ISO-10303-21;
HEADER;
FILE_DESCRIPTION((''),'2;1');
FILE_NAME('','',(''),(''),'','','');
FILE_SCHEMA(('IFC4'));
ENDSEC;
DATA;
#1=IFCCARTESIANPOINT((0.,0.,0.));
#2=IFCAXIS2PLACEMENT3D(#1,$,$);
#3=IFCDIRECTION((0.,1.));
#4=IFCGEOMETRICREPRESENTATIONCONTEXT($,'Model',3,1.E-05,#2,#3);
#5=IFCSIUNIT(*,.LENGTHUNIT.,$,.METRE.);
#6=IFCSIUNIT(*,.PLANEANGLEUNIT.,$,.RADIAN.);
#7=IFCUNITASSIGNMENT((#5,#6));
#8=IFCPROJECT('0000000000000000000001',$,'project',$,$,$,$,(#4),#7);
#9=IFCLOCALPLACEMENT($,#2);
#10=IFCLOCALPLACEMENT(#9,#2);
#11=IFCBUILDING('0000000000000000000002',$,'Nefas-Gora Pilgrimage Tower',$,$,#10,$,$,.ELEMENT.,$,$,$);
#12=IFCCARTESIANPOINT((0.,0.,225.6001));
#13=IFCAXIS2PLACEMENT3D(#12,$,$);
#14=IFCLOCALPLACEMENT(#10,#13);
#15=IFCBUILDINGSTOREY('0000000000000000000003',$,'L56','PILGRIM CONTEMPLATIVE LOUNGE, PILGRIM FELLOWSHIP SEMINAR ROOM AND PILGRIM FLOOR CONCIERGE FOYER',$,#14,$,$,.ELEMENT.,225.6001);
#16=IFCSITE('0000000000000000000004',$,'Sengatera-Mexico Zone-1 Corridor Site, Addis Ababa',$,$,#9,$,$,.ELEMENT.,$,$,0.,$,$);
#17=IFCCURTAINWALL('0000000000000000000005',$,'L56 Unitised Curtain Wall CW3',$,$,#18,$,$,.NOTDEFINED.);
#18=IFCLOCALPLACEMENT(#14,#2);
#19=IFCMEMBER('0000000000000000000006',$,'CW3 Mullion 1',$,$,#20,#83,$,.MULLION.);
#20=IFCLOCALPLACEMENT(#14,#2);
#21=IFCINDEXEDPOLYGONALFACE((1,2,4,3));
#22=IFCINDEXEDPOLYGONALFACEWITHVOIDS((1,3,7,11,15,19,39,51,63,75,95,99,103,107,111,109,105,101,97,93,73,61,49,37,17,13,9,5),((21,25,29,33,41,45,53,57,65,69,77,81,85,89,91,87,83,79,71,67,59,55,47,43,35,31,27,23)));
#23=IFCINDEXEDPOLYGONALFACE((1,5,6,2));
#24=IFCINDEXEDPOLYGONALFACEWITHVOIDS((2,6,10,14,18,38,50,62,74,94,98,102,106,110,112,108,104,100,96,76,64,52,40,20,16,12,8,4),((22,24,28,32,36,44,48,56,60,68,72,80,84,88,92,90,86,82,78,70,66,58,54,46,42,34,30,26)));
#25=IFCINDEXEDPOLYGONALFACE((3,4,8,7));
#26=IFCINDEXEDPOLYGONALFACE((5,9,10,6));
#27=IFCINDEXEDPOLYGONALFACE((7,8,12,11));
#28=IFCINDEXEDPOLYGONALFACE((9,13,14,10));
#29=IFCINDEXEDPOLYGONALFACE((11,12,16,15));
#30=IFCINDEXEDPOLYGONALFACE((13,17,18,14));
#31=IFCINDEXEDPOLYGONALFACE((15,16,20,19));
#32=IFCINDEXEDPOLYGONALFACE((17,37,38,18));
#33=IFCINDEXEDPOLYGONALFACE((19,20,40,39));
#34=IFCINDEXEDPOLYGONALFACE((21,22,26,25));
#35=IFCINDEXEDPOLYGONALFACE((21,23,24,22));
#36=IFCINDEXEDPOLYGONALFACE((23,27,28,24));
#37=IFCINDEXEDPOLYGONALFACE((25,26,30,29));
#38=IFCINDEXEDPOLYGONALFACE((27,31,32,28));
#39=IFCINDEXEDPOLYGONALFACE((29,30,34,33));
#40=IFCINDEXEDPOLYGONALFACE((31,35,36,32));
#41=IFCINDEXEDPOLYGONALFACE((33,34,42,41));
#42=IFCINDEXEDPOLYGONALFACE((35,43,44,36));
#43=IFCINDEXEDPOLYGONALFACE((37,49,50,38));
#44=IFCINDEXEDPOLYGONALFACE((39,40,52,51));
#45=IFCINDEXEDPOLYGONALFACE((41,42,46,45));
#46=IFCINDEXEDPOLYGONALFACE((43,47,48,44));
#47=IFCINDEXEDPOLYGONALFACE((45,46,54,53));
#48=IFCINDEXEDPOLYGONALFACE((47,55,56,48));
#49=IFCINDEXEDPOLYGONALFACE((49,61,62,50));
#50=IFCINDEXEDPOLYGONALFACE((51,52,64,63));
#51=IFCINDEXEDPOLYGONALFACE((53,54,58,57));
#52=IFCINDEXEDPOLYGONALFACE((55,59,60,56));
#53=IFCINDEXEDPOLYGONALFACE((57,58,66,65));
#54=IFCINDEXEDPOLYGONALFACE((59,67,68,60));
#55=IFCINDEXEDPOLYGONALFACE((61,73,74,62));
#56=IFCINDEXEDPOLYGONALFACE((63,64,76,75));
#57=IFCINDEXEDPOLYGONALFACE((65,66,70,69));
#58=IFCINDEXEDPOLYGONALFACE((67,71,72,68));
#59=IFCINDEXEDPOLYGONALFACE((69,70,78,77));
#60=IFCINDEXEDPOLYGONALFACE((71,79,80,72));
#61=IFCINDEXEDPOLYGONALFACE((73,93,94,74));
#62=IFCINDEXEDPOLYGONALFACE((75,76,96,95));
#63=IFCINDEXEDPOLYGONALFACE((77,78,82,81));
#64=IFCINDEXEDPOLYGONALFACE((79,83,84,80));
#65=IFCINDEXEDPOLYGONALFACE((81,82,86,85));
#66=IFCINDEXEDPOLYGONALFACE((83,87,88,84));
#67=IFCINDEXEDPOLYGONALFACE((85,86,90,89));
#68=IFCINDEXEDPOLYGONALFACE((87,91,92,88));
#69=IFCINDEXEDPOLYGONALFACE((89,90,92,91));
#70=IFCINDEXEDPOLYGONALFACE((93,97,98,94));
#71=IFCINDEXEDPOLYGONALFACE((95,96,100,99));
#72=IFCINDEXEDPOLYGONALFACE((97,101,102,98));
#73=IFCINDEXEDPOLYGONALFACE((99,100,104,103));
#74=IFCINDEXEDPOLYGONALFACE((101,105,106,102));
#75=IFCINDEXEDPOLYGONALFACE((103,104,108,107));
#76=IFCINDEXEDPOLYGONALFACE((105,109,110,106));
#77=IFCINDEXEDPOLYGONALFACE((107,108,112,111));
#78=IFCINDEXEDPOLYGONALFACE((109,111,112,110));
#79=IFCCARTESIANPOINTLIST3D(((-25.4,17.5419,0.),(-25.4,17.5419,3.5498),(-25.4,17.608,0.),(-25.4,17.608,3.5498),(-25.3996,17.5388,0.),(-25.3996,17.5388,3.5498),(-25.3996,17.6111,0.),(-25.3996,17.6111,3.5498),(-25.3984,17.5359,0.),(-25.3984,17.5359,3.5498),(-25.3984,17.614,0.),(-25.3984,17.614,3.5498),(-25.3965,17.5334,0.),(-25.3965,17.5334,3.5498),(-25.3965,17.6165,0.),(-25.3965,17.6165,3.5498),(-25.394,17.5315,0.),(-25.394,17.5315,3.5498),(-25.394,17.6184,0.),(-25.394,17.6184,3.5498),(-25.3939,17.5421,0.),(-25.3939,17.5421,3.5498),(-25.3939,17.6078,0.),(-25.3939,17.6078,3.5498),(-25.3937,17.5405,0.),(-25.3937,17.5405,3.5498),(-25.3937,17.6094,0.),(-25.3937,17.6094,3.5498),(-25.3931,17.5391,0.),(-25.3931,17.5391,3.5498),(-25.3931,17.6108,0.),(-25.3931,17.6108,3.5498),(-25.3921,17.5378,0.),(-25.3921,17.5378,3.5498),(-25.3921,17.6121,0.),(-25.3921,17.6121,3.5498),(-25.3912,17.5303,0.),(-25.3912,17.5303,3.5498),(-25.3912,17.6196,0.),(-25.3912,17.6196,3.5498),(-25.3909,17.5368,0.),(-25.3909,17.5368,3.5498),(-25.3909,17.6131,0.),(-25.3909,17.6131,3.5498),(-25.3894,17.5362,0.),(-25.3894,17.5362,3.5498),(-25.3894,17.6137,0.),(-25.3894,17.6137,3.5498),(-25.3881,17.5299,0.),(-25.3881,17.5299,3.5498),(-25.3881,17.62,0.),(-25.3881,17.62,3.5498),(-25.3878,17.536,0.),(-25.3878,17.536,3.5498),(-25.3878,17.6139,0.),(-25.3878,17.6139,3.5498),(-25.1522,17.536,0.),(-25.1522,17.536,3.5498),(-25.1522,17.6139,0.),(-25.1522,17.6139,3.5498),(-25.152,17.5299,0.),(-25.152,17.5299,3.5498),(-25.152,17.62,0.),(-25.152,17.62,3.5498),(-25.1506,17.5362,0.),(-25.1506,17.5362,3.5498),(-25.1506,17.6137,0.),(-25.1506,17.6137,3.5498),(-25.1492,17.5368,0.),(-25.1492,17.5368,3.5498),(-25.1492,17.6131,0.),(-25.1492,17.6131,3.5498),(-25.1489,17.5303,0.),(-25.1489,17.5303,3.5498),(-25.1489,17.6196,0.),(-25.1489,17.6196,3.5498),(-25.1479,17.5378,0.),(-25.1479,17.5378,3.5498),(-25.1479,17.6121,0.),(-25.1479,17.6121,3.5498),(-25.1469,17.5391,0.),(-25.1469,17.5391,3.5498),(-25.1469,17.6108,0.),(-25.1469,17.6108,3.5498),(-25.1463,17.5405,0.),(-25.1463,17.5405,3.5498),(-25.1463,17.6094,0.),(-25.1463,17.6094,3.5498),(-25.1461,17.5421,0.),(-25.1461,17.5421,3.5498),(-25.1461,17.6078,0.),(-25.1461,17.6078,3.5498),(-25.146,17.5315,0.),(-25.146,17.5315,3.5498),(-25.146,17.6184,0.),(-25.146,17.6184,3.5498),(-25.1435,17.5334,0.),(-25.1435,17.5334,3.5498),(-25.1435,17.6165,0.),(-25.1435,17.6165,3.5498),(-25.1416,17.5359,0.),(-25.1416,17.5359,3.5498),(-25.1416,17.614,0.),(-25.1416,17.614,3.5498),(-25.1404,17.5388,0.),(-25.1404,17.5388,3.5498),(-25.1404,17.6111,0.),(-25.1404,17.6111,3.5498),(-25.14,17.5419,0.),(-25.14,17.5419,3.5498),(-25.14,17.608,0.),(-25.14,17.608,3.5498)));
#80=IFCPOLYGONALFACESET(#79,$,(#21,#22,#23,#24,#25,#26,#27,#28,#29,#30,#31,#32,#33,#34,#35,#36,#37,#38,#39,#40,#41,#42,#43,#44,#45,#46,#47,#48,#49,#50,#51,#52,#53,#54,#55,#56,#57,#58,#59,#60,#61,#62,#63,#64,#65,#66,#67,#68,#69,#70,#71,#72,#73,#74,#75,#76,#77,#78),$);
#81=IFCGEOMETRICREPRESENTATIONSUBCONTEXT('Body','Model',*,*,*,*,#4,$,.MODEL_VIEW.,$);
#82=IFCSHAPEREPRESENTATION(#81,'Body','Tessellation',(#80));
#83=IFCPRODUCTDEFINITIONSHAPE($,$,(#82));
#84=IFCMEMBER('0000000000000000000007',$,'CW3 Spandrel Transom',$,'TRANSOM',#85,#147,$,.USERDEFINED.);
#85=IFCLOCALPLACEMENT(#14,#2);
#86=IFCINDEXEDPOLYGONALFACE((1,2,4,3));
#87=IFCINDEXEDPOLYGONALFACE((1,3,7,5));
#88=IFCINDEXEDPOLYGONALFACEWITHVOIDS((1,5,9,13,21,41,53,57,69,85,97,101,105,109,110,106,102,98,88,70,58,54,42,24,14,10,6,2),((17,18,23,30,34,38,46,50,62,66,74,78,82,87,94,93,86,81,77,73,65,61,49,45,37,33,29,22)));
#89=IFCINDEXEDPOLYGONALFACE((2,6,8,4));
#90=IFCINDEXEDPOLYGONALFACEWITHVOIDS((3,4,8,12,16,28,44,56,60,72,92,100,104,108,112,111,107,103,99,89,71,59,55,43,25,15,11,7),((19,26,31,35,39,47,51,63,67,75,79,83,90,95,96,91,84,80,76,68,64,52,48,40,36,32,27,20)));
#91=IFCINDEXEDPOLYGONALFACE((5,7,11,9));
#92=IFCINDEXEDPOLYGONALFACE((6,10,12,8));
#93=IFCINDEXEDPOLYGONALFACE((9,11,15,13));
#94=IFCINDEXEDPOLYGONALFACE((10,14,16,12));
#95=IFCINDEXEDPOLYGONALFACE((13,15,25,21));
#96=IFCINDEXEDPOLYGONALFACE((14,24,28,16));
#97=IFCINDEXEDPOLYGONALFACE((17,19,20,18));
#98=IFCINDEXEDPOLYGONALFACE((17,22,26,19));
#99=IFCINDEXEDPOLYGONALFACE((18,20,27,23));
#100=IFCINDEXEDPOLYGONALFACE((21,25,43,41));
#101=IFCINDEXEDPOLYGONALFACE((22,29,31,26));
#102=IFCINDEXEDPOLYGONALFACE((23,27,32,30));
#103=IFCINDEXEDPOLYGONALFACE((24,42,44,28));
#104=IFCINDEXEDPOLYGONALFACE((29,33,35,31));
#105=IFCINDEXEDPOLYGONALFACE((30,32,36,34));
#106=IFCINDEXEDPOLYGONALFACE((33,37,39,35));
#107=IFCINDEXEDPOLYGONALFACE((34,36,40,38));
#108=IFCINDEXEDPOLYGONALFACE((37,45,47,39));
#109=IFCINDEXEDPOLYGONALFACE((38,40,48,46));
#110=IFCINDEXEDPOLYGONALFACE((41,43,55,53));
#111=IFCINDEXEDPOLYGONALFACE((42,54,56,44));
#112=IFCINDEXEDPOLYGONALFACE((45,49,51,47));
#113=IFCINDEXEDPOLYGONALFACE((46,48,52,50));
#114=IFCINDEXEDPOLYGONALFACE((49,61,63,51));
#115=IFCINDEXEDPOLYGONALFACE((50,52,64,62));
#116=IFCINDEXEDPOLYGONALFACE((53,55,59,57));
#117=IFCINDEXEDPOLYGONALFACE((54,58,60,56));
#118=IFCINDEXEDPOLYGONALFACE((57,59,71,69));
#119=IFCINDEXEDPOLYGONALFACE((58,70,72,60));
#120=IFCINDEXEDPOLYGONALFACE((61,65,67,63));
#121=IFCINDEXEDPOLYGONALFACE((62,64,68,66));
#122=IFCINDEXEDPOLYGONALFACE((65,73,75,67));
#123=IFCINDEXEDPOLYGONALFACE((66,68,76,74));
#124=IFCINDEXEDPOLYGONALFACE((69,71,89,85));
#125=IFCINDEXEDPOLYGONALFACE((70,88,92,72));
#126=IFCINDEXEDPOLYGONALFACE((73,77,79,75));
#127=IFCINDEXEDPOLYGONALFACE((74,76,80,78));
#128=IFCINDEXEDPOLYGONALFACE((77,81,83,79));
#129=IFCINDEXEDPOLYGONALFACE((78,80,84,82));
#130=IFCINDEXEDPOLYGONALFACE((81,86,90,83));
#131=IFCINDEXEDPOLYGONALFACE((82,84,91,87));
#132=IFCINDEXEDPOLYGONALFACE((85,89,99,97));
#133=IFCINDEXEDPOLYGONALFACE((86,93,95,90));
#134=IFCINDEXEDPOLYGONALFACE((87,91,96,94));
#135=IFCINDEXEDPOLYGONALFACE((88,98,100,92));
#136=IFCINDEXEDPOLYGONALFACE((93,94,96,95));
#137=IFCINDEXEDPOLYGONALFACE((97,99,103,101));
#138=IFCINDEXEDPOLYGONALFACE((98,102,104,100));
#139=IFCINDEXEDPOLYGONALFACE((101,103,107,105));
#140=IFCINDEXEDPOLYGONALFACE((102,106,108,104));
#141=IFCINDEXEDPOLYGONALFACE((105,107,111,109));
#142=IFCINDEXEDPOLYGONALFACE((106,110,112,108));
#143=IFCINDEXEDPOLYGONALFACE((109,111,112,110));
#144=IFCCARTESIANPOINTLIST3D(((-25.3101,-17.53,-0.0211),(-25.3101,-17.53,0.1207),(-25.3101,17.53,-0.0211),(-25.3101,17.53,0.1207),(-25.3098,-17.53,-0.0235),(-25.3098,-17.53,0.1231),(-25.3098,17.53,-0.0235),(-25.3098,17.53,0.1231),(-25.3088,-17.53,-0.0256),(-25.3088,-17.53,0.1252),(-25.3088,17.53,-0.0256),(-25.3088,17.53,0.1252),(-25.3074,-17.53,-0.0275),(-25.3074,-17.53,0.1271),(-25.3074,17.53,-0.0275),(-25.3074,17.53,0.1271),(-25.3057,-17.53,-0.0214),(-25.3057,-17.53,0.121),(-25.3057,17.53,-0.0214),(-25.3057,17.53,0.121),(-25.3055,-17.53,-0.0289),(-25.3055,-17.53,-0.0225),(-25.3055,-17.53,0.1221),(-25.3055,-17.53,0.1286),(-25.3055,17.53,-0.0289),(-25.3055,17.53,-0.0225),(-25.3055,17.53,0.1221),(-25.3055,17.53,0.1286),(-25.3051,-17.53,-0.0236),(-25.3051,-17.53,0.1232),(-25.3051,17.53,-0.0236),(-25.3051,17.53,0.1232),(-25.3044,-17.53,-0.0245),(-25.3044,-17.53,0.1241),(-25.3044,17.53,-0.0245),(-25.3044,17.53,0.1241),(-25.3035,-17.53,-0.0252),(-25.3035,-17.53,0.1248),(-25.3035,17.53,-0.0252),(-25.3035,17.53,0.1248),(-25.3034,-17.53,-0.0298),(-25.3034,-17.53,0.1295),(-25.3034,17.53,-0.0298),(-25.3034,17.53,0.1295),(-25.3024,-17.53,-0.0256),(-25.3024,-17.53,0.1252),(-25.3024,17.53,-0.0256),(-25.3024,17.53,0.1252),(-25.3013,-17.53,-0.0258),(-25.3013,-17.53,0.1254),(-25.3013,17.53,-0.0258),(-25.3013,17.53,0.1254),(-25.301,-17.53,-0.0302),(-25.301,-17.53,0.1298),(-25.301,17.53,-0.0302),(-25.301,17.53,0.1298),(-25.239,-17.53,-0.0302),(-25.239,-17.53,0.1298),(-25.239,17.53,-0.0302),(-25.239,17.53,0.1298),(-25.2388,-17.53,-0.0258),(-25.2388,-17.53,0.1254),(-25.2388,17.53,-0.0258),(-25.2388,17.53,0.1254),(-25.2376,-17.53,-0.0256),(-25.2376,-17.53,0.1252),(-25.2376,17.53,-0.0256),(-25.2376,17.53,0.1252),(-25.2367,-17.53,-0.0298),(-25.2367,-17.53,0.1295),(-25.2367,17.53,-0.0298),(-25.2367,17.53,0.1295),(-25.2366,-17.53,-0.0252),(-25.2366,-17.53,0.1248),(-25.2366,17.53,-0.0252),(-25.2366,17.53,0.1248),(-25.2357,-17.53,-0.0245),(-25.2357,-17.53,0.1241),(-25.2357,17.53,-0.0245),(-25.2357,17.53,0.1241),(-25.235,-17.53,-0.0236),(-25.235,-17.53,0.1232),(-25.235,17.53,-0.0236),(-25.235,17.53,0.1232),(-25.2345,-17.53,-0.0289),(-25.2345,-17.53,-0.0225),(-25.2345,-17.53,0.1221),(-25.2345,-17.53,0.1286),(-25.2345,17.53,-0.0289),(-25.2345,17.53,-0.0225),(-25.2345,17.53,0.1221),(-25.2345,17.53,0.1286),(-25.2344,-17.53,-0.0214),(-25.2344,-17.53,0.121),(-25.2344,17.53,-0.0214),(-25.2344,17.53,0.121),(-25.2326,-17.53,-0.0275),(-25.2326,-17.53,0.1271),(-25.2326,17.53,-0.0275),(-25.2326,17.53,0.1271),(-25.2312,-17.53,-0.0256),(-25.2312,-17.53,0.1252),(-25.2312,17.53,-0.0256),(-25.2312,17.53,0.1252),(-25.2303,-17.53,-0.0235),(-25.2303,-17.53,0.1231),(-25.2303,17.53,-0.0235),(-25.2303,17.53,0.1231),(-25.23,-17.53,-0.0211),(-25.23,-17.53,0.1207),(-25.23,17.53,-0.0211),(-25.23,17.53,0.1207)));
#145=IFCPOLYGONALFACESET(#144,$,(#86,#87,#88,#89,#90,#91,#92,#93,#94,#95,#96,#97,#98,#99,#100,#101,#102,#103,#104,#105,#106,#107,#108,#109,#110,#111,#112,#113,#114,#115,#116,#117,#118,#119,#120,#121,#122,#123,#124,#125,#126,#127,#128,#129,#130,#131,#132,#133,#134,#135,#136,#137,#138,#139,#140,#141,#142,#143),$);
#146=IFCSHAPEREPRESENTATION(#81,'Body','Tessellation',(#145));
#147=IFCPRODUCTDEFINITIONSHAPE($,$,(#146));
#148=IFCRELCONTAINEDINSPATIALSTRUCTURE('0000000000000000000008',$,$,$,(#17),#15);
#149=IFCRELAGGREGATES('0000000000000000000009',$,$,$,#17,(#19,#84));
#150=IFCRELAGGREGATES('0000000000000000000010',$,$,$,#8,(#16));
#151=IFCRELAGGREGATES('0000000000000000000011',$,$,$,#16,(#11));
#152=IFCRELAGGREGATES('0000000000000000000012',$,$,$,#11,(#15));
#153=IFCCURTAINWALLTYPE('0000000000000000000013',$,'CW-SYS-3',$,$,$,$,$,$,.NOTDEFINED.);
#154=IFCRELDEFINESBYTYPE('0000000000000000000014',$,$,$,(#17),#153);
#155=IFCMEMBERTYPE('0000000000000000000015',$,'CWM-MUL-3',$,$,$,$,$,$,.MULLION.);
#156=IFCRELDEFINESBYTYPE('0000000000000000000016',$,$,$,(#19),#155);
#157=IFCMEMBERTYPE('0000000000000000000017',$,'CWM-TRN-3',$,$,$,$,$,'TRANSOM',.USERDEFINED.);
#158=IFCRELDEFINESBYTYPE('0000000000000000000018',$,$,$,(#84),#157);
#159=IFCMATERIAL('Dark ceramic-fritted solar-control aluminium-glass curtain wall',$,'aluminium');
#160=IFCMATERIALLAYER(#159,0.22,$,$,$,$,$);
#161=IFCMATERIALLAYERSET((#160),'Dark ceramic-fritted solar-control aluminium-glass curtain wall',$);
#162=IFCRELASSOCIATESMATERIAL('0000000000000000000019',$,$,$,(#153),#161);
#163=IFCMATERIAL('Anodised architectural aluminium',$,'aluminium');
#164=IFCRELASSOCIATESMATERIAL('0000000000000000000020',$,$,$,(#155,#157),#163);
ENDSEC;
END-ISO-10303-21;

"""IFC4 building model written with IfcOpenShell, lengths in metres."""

from ifc_helpers import new_model, si_unit, direction, frame, origin, origin_2d, place, context, subcontext, project, spatial, hollow_rectangle, extrude, source, transform, mapped, material, layer, layer_set, material_profile, profile_set, type_object, element, aggregate, save


model = new_model("IFC4")

# Units and contexts
model_context = context("Model", 3, precision=1e-05, world=origin(), true_north=direction((0.0, 1.0)))
body_context = subcontext(model_context, "Body", "Model", "MODEL_VIEW")
ifc_project = project(units=[si_unit("LENGTHUNIT", "METRE"), si_unit("PLANEANGLEUNIT", "RADIAN")], contexts=[model_context])

# Site, building, storey
site_placement = place(None, origin())
site = spatial("IfcSite", under=ifc_project, at=site_placement, Name="Sengatera-Mexico Zone-1 Corridor Site, Addis Ababa", CompositionType="ELEMENT", RefElevation=0.0)
building_placement = place(site_placement, origin())
building = spatial("IfcBuilding", under=site, at=building_placement, Name="Nefas-Gora Pilgrimage Tower", CompositionType="ELEMENT")
storey_placement = place(building_placement, frame((0.0, 0.0, 225.6001)))
storey = spatial("IfcBuildingStorey", under=building, at=storey_placement, Name="L56", Description="PILGRIM CONTEMPLATIVE LOUNGE, PILGRIM FELLOWSHIP SEMINAR ROOM AND PILGRIM FLOOR CONCIERGE FOYER", CompositionType="ELEMENT", Elevation=225.6001)

# Shared definitions
ifc_material_1 = material(Name="Dark ceramic-fritted solar-control aluminium-glass curtain wall", Category="aluminium")
ifc_material_2 = material(Name="Anodised architectural aluminium", Category="aluminium")

# Curtain wall, members
ifc_layer_1 = layer(ifc_material_1, 0.22)
ifc_layer_set_1 = layer_set([ifc_layer_1], Name="Dark ceramic-fritted solar-control aluminium-glass curtain wall")
curtain_wall_type_1 = type_object("IfcCurtainWallType", Name="CW-SYS-3", PredefinedType="NOTDEFINED", material=ifc_layer_set_1)
ifc_material_profile_1 = material_profile(ifc_material_2, hollow_rectangle(XDim=0.0901, YDim=0.26, WallThickness=0.0061, InnerFilletRadius=0.0061, OuterFilletRadius=0.012, at=origin_2d()), Name="ALU MULLION 90x260")
ifc_profile_set_1 = profile_set([ifc_material_profile_1], Name="Anodised architectural aluminium")
member_type_1 = type_object("IfcMemberType", Name="CWM-MUL-3", PredefinedType="MULLION", material=ifc_profile_set_1)
shared_shape_1 = source(origin(), body_context, "Body", "SweptSolid", [
    extrude(hollow_rectangle(XDim=0.0901, YDim=0.26, WallThickness=0.0061, InnerFilletRadius=0.0061, OuterFilletRadius=0.012, at=origin_2d()), origin(), (0.0, 0.0, 1.0), 3.5498),
])
curtain_wall_1_placement = place(storey_placement, origin())
curtain_wall_1 = element("IfcCurtainWall", 1, at=curtain_wall_1_placement, inside=storey, type_object=curtain_wall_type_1, Name="L56 Unitised Curtain Wall CW3", PredefinedType="NOTDEFINED")
member_1_placement = place(storey_placement, frame((-25.27, 17.575, 0.0), z_axis=(0.0, 0.0, 1.0), x_axis=(0.0, -1.0, 0.0)))
member_1 = element("IfcMember", 2, at=member_1_placement, type_object=member_type_1, Name="CW3 Mullion 1", PredefinedType="MULLION", context=body_context, shape_type="MappedRepresentation", body=[
    mapped(shared_shape_1, transform((0.0, 0.0, 0.0), x_axis=(1.0, 0.0, 0.0), y_axis=(0.0, 1.0, 0.0), z_axis=(0.0, 0.0, 1.0), scale=1.0)),
])
ifc_material_profile_2 = material_profile(ifc_material_2, hollow_rectangle(XDim=0.0801, YDim=0.1599, WallThickness=0.0044, InnerFilletRadius=0.0044, OuterFilletRadius=0.009, at=origin_2d()), Name="ALU TRANSOM 80x160")
ifc_profile_set_2 = profile_set([ifc_material_profile_2], Name="Anodised architectural aluminium")
member_type_2 = type_object("IfcMemberType", Name="CWM-TRN-3", ElementType="TRANSOM", PredefinedType="USERDEFINED", material=ifc_profile_set_2)
shared_shape_2 = source(origin(), body_context, "Body", "SweptSolid", [
    extrude(hollow_rectangle(XDim=0.0801, YDim=0.1599, WallThickness=0.0044, InnerFilletRadius=0.0044, OuterFilletRadius=0.009, at=origin_2d()), origin(), (0.0, 0.0, 1.0), 35.0601),
])
member_2_placement = place(storey_placement, frame((-25.27, 17.53, 0.0498), z_axis=(0.0, -1.0, 0.0), x_axis=(1.0, 0.0, 0.0)))
member_2 = element("IfcMember", 3, at=member_2_placement, type_object=member_type_2, Name="CW3 Spandrel Transom", ObjectType="TRANSOM", PredefinedType="USERDEFINED", context=body_context, shape_type="MappedRepresentation", body=[
    mapped(shared_shape_2, transform((0.0, 0.0, 0.0), x_axis=(1.0, 0.0, 0.0), y_axis=(0.0, 1.0, 0.0), z_axis=(0.0, 0.0, 1.0), scale=1.0)),
])
aggregate(curtain_wall_1, [member_1, member_2])

save(model, "model.ifc")
